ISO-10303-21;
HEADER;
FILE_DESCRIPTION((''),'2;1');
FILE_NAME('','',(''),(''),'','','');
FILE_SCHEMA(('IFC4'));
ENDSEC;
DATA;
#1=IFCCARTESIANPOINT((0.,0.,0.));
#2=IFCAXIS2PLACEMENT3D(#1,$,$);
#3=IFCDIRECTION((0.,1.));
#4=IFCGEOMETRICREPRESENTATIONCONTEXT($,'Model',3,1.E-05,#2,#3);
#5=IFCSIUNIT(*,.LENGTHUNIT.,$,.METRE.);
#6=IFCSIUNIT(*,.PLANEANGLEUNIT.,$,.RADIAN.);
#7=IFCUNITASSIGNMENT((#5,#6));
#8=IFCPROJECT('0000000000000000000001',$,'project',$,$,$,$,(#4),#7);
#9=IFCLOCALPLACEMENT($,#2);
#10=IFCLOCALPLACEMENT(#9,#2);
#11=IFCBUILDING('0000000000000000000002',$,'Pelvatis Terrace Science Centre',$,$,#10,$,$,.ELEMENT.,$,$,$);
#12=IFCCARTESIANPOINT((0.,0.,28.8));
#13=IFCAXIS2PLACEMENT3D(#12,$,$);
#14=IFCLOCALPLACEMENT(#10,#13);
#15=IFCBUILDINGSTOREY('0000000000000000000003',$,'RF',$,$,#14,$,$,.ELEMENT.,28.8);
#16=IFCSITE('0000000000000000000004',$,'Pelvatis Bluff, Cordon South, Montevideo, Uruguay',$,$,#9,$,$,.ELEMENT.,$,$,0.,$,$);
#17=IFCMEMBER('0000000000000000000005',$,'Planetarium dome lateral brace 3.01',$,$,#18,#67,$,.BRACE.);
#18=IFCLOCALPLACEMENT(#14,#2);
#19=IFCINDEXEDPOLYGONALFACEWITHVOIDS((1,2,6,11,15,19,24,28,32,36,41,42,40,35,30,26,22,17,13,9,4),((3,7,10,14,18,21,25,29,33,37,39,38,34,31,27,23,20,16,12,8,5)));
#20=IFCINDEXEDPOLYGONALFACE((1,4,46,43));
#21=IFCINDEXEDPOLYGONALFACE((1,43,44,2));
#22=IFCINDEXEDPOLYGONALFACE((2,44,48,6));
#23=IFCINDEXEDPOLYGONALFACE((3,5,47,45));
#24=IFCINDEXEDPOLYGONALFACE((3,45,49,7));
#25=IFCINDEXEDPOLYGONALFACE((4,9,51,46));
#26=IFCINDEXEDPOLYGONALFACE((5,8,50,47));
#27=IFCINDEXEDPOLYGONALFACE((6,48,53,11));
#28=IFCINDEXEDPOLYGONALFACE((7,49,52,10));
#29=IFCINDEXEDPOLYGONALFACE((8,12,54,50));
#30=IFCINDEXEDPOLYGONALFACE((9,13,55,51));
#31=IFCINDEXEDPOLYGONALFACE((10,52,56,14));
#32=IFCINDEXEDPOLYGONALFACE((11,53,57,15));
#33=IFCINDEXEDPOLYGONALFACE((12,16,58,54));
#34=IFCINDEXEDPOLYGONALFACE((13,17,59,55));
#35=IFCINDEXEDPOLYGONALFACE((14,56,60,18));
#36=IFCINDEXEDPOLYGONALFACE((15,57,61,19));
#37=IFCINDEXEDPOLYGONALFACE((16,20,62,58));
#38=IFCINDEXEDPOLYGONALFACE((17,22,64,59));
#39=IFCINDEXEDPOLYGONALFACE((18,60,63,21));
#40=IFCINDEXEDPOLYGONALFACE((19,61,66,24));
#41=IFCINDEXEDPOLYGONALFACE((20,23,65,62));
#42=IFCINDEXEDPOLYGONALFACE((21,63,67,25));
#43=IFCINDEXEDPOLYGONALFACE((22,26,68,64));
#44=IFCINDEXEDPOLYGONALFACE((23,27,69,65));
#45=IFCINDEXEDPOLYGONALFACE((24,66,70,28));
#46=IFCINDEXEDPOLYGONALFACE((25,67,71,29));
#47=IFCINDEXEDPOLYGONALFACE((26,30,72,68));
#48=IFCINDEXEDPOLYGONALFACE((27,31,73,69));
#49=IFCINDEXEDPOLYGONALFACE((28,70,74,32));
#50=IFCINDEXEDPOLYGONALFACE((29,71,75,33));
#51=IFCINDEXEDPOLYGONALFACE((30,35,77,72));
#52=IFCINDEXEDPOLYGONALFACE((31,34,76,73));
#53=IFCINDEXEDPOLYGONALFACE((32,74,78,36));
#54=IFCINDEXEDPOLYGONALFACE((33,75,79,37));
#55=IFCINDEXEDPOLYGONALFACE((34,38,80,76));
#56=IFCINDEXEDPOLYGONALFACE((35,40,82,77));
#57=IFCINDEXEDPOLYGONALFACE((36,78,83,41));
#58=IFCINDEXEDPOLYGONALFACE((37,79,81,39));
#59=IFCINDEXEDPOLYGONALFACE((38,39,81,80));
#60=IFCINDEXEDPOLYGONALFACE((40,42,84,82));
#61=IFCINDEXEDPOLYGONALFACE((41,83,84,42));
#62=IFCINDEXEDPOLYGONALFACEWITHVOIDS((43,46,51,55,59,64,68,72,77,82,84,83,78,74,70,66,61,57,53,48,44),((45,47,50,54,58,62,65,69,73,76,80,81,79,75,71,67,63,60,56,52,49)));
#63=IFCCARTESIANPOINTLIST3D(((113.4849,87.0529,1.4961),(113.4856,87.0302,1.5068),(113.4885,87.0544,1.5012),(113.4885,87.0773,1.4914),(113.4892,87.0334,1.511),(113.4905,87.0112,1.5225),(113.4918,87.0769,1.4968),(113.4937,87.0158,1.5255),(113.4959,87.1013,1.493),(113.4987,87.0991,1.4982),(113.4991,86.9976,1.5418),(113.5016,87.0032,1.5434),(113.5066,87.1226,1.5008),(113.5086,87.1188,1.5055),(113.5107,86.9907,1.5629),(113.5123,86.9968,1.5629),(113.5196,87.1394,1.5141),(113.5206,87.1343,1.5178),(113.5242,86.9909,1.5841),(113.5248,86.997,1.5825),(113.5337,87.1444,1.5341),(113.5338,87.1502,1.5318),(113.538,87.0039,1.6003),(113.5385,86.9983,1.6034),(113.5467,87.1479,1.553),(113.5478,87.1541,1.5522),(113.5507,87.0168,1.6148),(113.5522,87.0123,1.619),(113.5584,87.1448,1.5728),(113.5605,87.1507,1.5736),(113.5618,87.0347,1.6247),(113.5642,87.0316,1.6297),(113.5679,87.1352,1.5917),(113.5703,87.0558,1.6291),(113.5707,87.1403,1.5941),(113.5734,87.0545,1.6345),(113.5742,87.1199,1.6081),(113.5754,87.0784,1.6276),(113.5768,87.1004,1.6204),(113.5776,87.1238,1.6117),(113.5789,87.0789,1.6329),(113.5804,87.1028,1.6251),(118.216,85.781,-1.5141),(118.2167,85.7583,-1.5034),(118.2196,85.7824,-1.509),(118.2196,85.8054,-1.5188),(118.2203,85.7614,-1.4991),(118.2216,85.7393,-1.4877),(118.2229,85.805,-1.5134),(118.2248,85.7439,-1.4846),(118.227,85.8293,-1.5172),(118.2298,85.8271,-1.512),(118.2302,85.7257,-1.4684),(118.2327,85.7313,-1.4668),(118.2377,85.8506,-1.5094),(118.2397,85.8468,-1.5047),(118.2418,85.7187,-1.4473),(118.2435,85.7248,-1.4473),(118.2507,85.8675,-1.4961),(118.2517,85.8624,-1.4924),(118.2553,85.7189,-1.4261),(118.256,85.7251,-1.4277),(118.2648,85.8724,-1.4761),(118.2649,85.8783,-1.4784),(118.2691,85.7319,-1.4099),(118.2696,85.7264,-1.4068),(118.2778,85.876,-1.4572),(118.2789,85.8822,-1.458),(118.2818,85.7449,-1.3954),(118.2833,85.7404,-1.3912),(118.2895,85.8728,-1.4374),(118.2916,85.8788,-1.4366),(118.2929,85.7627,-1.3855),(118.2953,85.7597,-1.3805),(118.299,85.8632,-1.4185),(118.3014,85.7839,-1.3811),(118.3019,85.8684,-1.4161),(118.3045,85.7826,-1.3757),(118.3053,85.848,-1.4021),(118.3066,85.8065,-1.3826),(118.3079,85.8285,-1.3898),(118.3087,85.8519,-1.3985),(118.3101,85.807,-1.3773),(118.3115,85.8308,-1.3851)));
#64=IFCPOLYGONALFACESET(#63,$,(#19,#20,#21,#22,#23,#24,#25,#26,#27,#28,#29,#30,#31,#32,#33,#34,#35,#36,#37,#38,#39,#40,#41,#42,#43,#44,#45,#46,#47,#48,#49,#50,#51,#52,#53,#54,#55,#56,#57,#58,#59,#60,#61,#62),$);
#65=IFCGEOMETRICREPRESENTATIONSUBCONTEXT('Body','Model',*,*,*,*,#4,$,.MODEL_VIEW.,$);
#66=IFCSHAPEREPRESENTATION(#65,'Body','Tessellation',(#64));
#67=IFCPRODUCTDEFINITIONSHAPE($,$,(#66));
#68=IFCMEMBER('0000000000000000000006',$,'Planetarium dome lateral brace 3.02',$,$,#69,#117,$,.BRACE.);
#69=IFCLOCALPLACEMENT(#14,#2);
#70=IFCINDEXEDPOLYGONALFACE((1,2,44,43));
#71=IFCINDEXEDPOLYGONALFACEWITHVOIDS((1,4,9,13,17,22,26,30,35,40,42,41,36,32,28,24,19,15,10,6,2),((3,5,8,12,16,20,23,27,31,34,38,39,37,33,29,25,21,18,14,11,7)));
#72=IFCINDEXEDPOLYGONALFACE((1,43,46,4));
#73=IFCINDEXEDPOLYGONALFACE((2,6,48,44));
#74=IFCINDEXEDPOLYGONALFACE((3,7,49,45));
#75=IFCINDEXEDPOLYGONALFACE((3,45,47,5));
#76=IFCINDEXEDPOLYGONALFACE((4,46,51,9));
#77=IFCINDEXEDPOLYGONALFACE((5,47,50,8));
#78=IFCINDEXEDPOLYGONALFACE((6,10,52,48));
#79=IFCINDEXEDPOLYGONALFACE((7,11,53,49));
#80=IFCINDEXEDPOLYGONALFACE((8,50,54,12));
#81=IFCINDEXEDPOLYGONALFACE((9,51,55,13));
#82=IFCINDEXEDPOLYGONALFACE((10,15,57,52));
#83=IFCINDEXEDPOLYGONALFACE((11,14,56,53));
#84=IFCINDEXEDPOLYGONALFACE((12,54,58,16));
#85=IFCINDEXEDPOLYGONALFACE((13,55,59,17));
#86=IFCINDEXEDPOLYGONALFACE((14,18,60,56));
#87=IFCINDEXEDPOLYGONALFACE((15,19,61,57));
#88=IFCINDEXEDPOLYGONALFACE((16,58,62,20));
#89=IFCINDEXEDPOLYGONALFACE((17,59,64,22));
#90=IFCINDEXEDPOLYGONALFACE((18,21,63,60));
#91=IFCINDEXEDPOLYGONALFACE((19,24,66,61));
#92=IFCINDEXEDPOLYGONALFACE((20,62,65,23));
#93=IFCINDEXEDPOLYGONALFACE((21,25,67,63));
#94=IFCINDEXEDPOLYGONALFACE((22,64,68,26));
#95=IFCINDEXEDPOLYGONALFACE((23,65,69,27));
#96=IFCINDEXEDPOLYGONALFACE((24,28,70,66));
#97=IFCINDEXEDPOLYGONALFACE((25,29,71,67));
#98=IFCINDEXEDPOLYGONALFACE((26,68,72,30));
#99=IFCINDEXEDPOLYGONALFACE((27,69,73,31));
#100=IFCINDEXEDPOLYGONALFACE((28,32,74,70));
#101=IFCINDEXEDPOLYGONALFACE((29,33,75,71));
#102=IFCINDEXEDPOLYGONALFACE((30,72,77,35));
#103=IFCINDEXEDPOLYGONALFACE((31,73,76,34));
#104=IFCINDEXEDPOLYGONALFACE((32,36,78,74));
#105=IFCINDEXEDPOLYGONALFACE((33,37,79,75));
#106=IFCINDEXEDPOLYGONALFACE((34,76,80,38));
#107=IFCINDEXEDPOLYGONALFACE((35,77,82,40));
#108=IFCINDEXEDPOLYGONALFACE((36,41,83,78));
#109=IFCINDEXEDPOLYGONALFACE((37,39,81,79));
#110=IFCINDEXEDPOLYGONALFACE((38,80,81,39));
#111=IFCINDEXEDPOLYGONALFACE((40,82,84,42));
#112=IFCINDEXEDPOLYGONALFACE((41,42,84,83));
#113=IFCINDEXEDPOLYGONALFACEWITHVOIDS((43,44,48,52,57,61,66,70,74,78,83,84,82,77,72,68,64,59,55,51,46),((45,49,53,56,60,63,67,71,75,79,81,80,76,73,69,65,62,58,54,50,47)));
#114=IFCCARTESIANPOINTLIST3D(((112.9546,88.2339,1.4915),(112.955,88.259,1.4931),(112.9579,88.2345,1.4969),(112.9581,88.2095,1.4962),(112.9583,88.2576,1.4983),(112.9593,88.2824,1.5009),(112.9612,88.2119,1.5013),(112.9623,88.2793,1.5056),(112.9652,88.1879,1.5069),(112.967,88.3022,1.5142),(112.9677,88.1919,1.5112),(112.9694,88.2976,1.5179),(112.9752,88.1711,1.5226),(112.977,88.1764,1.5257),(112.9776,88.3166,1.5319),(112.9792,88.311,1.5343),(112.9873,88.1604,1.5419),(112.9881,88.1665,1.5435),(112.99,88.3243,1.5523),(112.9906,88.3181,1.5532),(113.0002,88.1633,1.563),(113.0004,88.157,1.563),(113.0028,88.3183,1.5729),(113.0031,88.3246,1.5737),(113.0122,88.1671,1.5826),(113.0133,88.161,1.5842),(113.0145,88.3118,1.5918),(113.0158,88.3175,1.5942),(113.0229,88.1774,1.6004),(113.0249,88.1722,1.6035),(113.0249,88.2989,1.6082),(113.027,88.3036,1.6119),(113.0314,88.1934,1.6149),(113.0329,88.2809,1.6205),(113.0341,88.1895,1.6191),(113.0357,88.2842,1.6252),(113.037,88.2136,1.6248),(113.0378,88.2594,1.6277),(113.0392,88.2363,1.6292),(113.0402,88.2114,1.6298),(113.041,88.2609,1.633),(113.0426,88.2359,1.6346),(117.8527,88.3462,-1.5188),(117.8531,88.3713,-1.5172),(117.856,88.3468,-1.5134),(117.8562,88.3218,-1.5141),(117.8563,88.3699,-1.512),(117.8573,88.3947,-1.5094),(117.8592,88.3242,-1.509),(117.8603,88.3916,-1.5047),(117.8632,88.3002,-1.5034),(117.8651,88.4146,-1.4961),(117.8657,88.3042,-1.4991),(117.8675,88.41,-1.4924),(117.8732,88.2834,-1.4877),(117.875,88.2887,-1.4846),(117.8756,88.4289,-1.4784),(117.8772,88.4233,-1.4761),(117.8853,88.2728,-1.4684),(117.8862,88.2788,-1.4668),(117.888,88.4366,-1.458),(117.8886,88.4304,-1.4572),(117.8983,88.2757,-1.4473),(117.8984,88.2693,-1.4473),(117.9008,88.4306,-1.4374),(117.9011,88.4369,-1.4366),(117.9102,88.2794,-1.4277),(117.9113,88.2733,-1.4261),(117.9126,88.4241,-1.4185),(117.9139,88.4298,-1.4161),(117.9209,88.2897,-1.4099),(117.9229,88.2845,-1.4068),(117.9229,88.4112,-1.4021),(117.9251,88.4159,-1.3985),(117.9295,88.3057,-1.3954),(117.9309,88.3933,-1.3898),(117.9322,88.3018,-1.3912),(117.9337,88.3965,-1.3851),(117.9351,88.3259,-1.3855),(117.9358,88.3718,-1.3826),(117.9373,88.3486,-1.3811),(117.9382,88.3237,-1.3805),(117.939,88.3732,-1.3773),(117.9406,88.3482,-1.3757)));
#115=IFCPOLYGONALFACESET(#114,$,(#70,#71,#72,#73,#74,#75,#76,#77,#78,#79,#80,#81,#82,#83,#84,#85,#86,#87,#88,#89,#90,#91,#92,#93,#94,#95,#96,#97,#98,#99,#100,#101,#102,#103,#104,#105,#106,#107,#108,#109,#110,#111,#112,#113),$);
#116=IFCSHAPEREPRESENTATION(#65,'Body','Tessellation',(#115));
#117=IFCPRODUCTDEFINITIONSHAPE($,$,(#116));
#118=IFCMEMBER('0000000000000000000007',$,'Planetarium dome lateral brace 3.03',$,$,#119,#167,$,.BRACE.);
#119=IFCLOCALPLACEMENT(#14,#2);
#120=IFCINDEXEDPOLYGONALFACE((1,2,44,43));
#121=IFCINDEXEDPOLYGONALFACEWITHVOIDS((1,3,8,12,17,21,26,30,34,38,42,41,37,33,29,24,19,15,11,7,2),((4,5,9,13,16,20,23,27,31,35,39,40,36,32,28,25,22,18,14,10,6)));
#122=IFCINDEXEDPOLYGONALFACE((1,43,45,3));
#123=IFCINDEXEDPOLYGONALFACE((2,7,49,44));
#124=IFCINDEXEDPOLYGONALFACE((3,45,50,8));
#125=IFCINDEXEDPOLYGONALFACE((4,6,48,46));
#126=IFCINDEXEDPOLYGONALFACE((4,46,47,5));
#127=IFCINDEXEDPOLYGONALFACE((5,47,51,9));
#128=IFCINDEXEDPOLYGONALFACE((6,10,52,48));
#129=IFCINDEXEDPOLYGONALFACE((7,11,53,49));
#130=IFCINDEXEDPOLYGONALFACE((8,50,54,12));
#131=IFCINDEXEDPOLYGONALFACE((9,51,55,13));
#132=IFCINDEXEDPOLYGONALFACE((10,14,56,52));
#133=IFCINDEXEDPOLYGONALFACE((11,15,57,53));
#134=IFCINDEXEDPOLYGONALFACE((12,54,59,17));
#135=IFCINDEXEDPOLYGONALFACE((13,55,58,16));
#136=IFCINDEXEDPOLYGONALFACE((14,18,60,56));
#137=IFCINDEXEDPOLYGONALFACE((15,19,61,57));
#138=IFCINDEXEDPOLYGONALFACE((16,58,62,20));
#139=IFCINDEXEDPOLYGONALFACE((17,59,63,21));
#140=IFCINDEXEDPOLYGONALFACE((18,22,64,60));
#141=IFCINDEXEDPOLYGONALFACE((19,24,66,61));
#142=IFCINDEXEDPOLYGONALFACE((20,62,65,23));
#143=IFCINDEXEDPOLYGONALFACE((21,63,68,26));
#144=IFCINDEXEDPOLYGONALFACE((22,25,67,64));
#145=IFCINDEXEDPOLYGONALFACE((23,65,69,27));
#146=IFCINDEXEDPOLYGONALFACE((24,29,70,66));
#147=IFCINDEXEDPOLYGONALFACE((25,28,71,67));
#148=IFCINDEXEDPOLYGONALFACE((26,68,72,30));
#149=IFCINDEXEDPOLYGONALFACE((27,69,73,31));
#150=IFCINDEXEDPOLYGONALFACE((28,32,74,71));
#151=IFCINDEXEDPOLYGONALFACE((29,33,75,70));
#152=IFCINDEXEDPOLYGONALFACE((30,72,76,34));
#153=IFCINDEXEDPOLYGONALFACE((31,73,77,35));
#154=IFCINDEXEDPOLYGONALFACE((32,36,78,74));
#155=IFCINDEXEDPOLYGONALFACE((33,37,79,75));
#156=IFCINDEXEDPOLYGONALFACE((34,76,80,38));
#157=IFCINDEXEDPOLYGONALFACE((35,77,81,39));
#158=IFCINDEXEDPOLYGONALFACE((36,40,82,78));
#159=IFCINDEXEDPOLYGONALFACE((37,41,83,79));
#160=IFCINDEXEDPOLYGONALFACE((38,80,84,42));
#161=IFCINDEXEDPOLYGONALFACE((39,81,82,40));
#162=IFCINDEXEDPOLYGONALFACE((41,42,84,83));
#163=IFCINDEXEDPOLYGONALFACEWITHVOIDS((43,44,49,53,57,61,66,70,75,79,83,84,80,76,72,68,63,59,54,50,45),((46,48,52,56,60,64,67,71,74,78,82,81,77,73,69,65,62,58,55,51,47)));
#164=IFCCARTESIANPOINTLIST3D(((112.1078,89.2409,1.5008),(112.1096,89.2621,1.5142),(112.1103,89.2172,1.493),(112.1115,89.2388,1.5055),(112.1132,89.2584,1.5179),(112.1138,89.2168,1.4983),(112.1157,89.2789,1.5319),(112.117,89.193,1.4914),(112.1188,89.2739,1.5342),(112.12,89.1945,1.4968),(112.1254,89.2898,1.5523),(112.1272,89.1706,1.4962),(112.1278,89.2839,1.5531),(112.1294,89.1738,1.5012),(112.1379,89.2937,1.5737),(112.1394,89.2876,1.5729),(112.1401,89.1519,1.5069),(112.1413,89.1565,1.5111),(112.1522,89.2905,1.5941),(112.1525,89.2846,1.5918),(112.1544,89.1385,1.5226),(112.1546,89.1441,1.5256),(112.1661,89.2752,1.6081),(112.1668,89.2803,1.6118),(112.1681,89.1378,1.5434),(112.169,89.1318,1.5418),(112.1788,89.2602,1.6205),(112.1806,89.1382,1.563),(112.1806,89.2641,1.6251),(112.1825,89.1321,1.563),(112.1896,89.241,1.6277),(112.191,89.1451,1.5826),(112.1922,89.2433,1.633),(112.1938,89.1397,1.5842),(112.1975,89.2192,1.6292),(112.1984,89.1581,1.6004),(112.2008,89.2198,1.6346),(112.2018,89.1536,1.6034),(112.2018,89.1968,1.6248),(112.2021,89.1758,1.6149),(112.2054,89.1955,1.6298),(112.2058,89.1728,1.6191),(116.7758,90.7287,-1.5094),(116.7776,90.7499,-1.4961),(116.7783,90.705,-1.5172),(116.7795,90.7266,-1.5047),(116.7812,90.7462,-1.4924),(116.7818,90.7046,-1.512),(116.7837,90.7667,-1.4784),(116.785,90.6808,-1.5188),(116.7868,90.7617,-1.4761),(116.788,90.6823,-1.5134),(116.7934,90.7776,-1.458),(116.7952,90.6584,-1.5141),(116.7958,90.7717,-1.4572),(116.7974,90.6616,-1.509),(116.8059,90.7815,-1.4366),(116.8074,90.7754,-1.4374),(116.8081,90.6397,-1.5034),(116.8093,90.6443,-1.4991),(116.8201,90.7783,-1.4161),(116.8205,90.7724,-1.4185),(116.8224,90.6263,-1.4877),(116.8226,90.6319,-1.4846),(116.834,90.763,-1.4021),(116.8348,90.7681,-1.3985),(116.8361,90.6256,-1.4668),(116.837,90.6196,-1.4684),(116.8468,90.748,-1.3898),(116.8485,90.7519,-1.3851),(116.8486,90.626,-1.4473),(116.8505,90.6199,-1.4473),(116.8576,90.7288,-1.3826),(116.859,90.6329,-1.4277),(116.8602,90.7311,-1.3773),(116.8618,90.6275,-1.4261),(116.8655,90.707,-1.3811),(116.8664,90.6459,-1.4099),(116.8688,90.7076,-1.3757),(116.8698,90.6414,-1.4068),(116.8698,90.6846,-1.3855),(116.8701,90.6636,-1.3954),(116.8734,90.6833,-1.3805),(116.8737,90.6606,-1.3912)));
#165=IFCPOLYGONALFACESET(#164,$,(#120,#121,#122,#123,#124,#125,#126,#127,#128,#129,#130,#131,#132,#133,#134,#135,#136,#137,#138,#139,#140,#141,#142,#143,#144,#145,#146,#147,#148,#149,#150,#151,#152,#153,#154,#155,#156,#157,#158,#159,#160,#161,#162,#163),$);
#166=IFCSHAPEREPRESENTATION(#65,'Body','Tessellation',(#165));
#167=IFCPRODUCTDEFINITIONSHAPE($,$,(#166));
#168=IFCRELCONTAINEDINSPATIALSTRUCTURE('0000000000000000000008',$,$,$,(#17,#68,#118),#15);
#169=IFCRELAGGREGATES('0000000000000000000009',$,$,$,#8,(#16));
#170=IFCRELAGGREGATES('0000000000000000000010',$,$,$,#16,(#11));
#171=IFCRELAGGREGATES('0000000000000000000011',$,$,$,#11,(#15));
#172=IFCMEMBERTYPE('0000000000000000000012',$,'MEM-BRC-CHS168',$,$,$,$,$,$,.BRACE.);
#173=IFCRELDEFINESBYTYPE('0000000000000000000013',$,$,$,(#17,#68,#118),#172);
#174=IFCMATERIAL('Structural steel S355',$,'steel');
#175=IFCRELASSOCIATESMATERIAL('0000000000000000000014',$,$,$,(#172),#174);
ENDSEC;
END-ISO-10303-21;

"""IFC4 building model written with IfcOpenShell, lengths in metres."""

from ifc_helpers import new_model, si_unit, direction, frame, origin, origin_2d, place, context, subcontext, project, spatial, hollow_circle, extrude, material, material_profile, profile_set, type_object, element, save


model = new_model("IFC4")

# Units and contexts
model_context = context("Model", 3, precision=1e-05, world=origin(), true_north=direction((0.0, 1.0)))
body_context = subcontext(model_context, "Body", "Model", "MODEL_VIEW")
ifc_project = project(units=[si_unit("LENGTHUNIT", "METRE"), si_unit("PLANEANGLEUNIT", "RADIAN")], contexts=[model_context])

# Site, building, storey
site_placement = place(None, origin())
site = spatial("IfcSite", under=ifc_project, at=site_placement, Name="Pelvatis Bluff, Cordon South, Montevideo, Uruguay", CompositionType="ELEMENT", RefElevation=0.0)
building_placement = place(site_placement, origin())
building = spatial("IfcBuilding", under=site, at=building_placement, Name="Pelvatis Terrace Science Centre", CompositionType="ELEMENT")
storey_placement = place(building_placement, frame((0.0, 0.0, 28.8)))
storey = spatial("IfcBuildingStorey", under=building, at=storey_placement, Name="RF", CompositionType="ELEMENT", Elevation=28.8)

# Members
ifc_material_1 = material(Name="Structural steel S355", Category="steel")
ifc_material_profile_1 = material_profile(ifc_material_1, hollow_circle(Radius=0.0842, WallThickness=0.0063, at=origin_2d()), Name="CHS 168.3x6.3")
ifc_profile_set_1 = profile_set([ifc_material_profile_1], Name="Structural steel S355")
member_type_1 = type_object("IfcMemberType", Name="MEM-BRC-CHS168", PredefinedType="BRACE", material=ifc_profile_set_1)
member_1_placement = place(storey_placement, frame((118.2637, 85.8, -1.4473), z_axis=(-0.822801, 0.221208, 0.523512), x_axis=(-0.259629, -0.965709, 0.0)))
element("IfcMember", 1, at=member_1_placement, inside=storey, type_object=member_type_1, Name="Planetarium dome lateral brace 3.01", PredefinedType="BRACE", context=body_context, shape_type="SweptSolid", body=[
    extrude(hollow_circle(Radius=0.0842, WallThickness=0.0063, at=origin_2d()), origin(), (0.0, 0.0, 1.0), 5.75),
])
for number, where, z_axis, x_axis, name in (
    (2, (117.8965, 88.3535, -1.4473), (-0.851796, -0.019531, 0.523509), (0.022923, -0.999737, 0.0), "Planetarium dome lateral brace 3.02"),
    (3, (116.825, 90.7002, -1.4473), (-0.811789, -0.258736, 0.523502), (0.303673, -0.952776, 0.0), "Planetarium dome lateral brace 3.03"),
):
    element("IfcMember", number, at=place(storey_placement, frame(where, z_axis=z_axis, x_axis=x_axis)), inside=storey, type_object=member_type_1, Name=name, PredefinedType="BRACE", context=body_context, shape_type="SweptSolid", body=[
        extrude(hollow_circle(Radius=0.0842, WallThickness=0.0063, at=origin_2d()), origin(), (0.0, 0.0, 1.0), 5.7502),
    ])

save(model, "model.ifc")
